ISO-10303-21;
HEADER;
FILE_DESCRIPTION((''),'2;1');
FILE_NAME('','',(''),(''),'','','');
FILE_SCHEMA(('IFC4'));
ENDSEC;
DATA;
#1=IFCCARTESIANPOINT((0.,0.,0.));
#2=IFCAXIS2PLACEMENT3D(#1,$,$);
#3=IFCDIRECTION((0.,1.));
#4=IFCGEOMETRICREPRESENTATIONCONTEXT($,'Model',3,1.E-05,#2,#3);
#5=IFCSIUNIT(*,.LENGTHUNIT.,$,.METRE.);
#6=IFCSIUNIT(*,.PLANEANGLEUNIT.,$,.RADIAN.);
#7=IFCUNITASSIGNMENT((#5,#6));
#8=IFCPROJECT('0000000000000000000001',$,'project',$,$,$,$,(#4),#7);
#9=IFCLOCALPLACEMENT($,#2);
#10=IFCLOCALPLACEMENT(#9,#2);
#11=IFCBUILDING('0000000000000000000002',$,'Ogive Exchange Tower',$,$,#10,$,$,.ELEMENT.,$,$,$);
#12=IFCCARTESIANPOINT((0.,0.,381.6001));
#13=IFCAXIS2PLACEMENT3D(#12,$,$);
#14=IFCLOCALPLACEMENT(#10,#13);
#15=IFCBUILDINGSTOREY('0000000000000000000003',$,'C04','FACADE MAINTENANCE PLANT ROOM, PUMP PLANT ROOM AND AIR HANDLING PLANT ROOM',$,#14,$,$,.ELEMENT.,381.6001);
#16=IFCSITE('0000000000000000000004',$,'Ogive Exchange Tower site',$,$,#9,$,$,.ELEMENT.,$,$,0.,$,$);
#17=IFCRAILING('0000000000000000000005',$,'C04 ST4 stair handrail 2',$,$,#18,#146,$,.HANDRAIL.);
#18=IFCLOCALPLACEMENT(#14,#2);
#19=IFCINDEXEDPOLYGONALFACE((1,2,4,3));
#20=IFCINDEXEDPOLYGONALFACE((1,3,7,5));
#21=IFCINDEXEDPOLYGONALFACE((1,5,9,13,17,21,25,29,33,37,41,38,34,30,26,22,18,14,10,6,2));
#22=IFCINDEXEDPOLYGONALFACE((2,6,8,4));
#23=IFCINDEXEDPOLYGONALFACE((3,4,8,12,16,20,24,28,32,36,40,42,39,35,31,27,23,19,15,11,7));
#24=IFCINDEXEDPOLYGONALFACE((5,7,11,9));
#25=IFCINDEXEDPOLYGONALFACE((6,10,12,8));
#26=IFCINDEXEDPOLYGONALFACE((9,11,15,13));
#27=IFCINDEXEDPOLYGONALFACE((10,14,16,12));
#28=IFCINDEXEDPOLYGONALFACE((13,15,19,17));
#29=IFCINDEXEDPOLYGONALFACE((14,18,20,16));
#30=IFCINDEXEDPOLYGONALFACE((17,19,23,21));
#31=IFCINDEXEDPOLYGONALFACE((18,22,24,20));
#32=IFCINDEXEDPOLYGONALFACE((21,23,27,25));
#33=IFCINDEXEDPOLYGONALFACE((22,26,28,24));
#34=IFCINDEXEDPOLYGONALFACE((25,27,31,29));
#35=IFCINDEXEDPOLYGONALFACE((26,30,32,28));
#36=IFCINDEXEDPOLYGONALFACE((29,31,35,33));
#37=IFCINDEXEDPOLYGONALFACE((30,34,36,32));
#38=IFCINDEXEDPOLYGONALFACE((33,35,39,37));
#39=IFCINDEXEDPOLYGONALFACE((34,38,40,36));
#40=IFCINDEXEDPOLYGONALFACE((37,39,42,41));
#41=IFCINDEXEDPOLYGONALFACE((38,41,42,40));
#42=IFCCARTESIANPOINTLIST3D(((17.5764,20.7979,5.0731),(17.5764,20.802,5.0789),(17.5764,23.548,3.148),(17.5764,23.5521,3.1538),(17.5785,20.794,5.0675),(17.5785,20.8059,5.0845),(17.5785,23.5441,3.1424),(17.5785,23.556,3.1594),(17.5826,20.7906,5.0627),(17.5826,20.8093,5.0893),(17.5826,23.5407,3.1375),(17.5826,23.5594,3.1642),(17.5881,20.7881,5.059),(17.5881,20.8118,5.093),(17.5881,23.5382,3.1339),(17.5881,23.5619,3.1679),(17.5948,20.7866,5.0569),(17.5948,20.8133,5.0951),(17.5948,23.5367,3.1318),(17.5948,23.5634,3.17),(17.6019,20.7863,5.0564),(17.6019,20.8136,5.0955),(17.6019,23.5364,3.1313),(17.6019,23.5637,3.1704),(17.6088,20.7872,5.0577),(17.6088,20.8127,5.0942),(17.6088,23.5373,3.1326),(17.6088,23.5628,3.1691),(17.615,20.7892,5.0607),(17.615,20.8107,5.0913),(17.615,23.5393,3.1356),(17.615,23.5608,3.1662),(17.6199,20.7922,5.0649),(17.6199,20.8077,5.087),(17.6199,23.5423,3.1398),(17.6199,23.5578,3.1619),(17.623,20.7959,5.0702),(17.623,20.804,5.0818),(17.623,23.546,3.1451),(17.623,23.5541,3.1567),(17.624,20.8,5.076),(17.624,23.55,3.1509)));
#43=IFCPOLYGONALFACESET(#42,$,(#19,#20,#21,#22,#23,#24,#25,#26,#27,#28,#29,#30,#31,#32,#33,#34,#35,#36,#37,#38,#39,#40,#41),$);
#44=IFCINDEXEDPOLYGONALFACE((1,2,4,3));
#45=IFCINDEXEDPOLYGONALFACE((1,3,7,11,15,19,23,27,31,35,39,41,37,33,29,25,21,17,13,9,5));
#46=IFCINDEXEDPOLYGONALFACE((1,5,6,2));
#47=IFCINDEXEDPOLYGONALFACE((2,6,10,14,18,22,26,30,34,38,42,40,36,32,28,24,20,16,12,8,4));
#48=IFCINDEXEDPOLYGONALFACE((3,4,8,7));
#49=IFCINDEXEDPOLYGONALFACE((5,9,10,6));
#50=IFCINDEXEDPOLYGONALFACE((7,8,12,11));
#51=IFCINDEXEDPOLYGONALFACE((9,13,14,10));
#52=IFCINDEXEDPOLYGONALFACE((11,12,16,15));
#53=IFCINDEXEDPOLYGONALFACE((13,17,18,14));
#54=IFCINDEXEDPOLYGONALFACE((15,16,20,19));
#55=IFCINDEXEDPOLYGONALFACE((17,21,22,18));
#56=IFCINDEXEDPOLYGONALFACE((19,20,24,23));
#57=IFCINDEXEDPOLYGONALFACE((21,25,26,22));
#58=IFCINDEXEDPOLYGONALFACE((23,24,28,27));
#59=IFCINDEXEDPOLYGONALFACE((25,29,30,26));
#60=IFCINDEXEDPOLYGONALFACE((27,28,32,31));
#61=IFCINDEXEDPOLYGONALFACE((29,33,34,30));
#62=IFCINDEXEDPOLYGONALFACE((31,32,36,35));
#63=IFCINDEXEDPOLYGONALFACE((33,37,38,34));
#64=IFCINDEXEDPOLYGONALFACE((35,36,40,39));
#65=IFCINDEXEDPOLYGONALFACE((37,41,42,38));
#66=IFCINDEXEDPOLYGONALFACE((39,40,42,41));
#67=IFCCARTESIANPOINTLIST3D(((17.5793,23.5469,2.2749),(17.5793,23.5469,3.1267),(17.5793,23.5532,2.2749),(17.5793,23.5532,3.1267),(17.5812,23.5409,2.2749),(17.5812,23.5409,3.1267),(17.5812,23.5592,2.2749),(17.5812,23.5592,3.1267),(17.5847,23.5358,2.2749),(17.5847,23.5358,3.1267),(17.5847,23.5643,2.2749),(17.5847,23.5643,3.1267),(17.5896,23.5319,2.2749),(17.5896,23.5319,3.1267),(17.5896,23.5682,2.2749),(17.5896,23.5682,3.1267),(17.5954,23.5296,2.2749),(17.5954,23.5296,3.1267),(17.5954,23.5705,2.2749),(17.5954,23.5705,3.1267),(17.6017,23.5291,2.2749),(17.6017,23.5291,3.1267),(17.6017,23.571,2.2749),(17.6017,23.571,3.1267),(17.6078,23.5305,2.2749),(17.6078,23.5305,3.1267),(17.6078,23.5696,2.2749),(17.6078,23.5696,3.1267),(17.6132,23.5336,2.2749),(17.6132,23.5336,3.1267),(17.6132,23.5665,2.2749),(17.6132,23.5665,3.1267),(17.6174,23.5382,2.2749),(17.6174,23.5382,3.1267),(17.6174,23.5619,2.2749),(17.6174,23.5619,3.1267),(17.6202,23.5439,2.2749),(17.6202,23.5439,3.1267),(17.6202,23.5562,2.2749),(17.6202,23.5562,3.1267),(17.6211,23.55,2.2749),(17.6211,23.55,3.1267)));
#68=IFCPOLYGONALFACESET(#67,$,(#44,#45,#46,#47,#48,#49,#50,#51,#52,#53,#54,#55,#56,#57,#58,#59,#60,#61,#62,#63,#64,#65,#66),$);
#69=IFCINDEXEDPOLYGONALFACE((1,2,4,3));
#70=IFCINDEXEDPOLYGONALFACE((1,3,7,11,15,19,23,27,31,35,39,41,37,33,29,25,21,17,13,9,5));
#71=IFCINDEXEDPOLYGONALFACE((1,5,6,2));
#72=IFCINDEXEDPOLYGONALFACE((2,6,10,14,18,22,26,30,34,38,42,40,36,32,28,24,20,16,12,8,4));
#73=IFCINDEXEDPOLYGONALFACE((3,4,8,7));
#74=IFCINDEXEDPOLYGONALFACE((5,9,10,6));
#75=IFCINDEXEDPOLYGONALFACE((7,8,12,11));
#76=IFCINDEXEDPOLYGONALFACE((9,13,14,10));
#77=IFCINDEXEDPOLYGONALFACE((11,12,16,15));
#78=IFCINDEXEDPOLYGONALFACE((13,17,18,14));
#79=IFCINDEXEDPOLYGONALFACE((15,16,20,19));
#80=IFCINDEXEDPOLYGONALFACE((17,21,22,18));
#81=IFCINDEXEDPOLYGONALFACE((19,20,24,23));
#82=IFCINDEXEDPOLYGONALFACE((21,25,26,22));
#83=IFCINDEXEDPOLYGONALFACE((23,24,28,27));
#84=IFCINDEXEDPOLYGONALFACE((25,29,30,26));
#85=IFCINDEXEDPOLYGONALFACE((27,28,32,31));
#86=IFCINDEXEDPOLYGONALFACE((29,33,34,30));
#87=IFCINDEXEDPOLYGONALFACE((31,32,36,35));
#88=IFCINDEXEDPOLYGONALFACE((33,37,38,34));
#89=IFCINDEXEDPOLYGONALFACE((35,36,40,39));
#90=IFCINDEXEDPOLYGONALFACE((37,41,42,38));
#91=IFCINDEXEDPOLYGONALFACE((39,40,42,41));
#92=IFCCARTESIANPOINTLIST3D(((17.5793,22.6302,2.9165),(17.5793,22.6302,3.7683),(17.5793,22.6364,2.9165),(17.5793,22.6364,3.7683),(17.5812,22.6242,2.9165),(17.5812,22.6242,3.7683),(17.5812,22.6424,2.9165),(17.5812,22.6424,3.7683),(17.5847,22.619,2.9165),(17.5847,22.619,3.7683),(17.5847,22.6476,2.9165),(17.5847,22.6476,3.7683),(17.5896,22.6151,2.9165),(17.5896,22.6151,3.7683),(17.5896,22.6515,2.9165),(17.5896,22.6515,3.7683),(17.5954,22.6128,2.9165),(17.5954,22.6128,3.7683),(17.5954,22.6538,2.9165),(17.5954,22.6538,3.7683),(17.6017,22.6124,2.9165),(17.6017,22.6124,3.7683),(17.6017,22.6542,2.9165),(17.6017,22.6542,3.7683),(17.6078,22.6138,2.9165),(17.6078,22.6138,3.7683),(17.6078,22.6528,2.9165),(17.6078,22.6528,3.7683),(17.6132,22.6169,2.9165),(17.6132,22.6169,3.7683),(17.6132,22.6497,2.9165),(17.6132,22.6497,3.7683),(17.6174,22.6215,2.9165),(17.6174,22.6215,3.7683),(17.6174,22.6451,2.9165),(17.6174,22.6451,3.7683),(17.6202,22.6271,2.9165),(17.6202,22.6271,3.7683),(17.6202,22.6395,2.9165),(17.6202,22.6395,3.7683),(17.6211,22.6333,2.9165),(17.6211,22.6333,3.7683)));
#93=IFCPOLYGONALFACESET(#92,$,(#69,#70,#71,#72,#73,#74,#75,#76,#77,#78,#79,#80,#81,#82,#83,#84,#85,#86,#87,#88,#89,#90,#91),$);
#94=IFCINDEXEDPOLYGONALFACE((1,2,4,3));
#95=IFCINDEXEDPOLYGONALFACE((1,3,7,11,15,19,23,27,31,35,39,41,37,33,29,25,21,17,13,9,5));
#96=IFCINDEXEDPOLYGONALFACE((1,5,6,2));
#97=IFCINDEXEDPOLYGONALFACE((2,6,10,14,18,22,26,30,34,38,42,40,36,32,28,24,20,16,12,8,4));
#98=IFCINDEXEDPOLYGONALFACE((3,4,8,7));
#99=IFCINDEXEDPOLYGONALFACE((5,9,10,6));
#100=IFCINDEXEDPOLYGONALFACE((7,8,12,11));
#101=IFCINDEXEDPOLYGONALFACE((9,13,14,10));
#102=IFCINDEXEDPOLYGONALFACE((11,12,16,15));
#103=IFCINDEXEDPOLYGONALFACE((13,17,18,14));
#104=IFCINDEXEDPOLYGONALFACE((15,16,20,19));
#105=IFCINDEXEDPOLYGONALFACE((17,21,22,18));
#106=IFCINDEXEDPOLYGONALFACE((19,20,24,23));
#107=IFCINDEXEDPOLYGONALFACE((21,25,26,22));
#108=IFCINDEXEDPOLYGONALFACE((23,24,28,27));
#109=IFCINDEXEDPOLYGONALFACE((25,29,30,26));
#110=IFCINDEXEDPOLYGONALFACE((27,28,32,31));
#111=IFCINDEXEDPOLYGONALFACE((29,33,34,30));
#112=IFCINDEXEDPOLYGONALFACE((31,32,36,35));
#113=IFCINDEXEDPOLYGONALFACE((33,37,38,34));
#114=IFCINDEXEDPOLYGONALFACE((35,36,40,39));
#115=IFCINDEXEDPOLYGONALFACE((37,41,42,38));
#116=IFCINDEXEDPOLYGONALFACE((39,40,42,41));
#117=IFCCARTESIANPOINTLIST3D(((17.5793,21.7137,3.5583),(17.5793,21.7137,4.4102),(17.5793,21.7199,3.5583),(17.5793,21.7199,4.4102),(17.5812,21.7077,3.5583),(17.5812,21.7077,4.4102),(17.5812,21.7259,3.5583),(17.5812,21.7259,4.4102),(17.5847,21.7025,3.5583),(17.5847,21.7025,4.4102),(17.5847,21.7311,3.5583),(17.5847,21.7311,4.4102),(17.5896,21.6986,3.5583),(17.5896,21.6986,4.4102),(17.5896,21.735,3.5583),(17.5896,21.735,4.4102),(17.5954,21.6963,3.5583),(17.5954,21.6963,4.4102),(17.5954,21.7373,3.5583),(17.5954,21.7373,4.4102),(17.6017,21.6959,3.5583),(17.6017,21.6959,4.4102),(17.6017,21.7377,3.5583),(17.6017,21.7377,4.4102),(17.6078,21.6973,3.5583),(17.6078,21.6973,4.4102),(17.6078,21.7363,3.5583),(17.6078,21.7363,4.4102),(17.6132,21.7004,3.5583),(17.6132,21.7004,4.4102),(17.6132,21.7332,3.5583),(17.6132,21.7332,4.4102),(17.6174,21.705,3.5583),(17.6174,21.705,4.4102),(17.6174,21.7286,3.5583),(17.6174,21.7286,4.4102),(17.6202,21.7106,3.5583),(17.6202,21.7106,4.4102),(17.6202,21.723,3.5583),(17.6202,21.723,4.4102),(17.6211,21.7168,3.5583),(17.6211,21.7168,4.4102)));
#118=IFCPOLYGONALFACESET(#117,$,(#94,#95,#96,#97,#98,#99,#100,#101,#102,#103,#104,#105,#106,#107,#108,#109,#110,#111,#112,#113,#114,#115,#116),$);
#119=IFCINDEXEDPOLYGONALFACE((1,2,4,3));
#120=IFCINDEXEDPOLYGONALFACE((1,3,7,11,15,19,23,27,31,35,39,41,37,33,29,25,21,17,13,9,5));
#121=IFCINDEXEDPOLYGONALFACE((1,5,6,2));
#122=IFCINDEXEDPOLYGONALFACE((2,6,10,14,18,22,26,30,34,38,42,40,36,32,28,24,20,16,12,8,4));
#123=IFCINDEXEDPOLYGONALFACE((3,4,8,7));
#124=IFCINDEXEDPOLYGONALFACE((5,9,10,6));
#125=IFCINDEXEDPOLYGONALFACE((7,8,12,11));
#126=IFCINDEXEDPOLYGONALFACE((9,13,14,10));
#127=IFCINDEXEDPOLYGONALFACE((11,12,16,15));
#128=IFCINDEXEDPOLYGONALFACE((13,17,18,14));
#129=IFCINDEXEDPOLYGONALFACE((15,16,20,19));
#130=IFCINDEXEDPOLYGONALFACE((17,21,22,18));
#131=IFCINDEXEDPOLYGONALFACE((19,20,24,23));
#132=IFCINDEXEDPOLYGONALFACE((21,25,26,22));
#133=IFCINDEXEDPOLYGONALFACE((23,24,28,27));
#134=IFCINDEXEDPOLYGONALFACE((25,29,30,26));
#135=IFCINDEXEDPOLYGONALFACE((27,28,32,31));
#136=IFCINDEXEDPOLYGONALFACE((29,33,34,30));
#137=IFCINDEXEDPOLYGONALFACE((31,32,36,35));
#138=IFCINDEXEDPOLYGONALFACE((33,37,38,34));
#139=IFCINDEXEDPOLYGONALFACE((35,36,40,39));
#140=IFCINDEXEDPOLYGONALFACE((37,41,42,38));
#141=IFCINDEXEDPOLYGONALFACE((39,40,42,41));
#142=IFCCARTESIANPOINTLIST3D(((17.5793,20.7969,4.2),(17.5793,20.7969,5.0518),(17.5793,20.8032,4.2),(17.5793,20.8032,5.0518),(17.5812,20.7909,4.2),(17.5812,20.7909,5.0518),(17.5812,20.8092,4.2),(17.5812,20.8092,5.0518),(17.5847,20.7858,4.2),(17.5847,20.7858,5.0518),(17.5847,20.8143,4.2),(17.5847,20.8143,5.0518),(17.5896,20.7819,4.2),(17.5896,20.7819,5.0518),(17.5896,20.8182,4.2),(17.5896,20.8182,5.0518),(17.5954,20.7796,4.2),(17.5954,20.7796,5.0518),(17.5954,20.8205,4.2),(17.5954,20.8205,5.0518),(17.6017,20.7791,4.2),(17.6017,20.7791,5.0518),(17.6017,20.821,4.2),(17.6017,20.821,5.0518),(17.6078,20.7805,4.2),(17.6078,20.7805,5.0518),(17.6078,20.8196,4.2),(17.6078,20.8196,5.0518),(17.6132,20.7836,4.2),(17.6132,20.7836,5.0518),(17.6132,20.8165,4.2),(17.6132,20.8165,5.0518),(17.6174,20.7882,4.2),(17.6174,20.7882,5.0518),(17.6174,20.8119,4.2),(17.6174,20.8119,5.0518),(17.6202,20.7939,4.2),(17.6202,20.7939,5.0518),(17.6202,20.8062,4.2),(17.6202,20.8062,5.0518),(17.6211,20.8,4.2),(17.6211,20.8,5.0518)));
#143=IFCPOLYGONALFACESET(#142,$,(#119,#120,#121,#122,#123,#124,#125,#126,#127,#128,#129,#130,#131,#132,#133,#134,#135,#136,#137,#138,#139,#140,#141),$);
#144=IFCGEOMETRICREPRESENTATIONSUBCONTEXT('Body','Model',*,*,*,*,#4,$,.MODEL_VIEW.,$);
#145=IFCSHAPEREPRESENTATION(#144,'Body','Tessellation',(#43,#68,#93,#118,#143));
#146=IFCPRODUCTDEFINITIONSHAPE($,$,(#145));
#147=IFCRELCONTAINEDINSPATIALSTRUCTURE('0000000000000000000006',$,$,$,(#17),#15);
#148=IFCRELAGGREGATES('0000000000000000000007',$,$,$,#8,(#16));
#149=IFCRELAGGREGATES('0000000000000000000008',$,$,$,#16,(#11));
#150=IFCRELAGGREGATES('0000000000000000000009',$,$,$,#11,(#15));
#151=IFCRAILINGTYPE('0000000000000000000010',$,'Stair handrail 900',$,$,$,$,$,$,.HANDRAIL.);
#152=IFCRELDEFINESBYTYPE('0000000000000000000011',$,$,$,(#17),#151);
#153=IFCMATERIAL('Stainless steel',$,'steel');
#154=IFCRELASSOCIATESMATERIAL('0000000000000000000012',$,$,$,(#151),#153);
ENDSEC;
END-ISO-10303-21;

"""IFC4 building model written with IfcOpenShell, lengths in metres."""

from ifc_helpers import new_model, si_unit, direction, frame, origin, origin_2d, place, context, subcontext, project, spatial, circle, extrude, material, type_object, element, save


model = new_model("IFC4")

# Units and contexts
model_context = context("Model", 3, precision=1e-05, world=origin(), true_north=direction((0.0, 1.0)))
body_context = subcontext(model_context, "Body", "Model", "MODEL_VIEW")
ifc_project = project(units=[si_unit("LENGTHUNIT", "METRE"), si_unit("PLANEANGLEUNIT", "RADIAN")], contexts=[model_context])

# Site, building, storey
site_placement = place(None, origin())
site = spatial("IfcSite", under=ifc_project, at=site_placement, Name="Ogive Exchange Tower site", CompositionType="ELEMENT", RefElevation=0.0)
building_placement = place(site_placement, origin())
building = spatial("IfcBuilding", under=site, at=building_placement, Name="Ogive Exchange Tower", CompositionType="ELEMENT")
storey_placement = place(building_placement, frame((0.0, 0.0, 381.6001)))
storey = spatial("IfcBuildingStorey", under=building, at=storey_placement, Name="C04", Description="FACADE MAINTENANCE PLANT ROOM, PUMP PLANT ROOM AND AIR HANDLING PLANT ROOM", CompositionType="ELEMENT", Elevation=381.6001)

# Railing
ifc_material_1 = material(Name="Stainless steel", Category="steel")
railing_type = type_object("IfcRailingType", Name="Stair handrail 900", PredefinedType="HANDRAIL", material=ifc_material_1)
railing_1_placement = place(storey_placement, frame((17.6001, 23.55, 2.2749)))
element("IfcRailing", 1, at=railing_1_placement, inside=storey, type_object=railing_type, Name="C04 ST4 stair handrail 2", PredefinedType="HANDRAIL", context=body_context, shape_type="SweptSolid", body=[
    extrude(circle(Radius=0.0239, at=origin_2d()), frame((0.0, 0.0, 0.876), z_axis=(0.0, -0.819225, 0.573472), x_axis=(1.0, 0.0, 0.0)), (0.0, 0.0, 1.0), 3.3569),
    extrude(circle(Radius=0.021, at=origin_2d()), origin(), (0.0, 0.0, 1.0), 0.8518),
    extrude(circle(Radius=0.021, at=origin_2d()), frame((0.0, -0.9167, 0.6416)), (0.0, 0.0, 1.0), 0.8518),
    extrude(circle(Radius=0.021, at=origin_2d()), frame((0.0, -1.8333, 1.2834)), (0.0, 0.0, 1.0), 0.8518),
    extrude(circle(Radius=0.021, at=origin_2d()), frame((0.0, -2.75, 1.925)), (0.0, 0.0, 1.0), 0.8518),
])

save(model, "model.ifc")
